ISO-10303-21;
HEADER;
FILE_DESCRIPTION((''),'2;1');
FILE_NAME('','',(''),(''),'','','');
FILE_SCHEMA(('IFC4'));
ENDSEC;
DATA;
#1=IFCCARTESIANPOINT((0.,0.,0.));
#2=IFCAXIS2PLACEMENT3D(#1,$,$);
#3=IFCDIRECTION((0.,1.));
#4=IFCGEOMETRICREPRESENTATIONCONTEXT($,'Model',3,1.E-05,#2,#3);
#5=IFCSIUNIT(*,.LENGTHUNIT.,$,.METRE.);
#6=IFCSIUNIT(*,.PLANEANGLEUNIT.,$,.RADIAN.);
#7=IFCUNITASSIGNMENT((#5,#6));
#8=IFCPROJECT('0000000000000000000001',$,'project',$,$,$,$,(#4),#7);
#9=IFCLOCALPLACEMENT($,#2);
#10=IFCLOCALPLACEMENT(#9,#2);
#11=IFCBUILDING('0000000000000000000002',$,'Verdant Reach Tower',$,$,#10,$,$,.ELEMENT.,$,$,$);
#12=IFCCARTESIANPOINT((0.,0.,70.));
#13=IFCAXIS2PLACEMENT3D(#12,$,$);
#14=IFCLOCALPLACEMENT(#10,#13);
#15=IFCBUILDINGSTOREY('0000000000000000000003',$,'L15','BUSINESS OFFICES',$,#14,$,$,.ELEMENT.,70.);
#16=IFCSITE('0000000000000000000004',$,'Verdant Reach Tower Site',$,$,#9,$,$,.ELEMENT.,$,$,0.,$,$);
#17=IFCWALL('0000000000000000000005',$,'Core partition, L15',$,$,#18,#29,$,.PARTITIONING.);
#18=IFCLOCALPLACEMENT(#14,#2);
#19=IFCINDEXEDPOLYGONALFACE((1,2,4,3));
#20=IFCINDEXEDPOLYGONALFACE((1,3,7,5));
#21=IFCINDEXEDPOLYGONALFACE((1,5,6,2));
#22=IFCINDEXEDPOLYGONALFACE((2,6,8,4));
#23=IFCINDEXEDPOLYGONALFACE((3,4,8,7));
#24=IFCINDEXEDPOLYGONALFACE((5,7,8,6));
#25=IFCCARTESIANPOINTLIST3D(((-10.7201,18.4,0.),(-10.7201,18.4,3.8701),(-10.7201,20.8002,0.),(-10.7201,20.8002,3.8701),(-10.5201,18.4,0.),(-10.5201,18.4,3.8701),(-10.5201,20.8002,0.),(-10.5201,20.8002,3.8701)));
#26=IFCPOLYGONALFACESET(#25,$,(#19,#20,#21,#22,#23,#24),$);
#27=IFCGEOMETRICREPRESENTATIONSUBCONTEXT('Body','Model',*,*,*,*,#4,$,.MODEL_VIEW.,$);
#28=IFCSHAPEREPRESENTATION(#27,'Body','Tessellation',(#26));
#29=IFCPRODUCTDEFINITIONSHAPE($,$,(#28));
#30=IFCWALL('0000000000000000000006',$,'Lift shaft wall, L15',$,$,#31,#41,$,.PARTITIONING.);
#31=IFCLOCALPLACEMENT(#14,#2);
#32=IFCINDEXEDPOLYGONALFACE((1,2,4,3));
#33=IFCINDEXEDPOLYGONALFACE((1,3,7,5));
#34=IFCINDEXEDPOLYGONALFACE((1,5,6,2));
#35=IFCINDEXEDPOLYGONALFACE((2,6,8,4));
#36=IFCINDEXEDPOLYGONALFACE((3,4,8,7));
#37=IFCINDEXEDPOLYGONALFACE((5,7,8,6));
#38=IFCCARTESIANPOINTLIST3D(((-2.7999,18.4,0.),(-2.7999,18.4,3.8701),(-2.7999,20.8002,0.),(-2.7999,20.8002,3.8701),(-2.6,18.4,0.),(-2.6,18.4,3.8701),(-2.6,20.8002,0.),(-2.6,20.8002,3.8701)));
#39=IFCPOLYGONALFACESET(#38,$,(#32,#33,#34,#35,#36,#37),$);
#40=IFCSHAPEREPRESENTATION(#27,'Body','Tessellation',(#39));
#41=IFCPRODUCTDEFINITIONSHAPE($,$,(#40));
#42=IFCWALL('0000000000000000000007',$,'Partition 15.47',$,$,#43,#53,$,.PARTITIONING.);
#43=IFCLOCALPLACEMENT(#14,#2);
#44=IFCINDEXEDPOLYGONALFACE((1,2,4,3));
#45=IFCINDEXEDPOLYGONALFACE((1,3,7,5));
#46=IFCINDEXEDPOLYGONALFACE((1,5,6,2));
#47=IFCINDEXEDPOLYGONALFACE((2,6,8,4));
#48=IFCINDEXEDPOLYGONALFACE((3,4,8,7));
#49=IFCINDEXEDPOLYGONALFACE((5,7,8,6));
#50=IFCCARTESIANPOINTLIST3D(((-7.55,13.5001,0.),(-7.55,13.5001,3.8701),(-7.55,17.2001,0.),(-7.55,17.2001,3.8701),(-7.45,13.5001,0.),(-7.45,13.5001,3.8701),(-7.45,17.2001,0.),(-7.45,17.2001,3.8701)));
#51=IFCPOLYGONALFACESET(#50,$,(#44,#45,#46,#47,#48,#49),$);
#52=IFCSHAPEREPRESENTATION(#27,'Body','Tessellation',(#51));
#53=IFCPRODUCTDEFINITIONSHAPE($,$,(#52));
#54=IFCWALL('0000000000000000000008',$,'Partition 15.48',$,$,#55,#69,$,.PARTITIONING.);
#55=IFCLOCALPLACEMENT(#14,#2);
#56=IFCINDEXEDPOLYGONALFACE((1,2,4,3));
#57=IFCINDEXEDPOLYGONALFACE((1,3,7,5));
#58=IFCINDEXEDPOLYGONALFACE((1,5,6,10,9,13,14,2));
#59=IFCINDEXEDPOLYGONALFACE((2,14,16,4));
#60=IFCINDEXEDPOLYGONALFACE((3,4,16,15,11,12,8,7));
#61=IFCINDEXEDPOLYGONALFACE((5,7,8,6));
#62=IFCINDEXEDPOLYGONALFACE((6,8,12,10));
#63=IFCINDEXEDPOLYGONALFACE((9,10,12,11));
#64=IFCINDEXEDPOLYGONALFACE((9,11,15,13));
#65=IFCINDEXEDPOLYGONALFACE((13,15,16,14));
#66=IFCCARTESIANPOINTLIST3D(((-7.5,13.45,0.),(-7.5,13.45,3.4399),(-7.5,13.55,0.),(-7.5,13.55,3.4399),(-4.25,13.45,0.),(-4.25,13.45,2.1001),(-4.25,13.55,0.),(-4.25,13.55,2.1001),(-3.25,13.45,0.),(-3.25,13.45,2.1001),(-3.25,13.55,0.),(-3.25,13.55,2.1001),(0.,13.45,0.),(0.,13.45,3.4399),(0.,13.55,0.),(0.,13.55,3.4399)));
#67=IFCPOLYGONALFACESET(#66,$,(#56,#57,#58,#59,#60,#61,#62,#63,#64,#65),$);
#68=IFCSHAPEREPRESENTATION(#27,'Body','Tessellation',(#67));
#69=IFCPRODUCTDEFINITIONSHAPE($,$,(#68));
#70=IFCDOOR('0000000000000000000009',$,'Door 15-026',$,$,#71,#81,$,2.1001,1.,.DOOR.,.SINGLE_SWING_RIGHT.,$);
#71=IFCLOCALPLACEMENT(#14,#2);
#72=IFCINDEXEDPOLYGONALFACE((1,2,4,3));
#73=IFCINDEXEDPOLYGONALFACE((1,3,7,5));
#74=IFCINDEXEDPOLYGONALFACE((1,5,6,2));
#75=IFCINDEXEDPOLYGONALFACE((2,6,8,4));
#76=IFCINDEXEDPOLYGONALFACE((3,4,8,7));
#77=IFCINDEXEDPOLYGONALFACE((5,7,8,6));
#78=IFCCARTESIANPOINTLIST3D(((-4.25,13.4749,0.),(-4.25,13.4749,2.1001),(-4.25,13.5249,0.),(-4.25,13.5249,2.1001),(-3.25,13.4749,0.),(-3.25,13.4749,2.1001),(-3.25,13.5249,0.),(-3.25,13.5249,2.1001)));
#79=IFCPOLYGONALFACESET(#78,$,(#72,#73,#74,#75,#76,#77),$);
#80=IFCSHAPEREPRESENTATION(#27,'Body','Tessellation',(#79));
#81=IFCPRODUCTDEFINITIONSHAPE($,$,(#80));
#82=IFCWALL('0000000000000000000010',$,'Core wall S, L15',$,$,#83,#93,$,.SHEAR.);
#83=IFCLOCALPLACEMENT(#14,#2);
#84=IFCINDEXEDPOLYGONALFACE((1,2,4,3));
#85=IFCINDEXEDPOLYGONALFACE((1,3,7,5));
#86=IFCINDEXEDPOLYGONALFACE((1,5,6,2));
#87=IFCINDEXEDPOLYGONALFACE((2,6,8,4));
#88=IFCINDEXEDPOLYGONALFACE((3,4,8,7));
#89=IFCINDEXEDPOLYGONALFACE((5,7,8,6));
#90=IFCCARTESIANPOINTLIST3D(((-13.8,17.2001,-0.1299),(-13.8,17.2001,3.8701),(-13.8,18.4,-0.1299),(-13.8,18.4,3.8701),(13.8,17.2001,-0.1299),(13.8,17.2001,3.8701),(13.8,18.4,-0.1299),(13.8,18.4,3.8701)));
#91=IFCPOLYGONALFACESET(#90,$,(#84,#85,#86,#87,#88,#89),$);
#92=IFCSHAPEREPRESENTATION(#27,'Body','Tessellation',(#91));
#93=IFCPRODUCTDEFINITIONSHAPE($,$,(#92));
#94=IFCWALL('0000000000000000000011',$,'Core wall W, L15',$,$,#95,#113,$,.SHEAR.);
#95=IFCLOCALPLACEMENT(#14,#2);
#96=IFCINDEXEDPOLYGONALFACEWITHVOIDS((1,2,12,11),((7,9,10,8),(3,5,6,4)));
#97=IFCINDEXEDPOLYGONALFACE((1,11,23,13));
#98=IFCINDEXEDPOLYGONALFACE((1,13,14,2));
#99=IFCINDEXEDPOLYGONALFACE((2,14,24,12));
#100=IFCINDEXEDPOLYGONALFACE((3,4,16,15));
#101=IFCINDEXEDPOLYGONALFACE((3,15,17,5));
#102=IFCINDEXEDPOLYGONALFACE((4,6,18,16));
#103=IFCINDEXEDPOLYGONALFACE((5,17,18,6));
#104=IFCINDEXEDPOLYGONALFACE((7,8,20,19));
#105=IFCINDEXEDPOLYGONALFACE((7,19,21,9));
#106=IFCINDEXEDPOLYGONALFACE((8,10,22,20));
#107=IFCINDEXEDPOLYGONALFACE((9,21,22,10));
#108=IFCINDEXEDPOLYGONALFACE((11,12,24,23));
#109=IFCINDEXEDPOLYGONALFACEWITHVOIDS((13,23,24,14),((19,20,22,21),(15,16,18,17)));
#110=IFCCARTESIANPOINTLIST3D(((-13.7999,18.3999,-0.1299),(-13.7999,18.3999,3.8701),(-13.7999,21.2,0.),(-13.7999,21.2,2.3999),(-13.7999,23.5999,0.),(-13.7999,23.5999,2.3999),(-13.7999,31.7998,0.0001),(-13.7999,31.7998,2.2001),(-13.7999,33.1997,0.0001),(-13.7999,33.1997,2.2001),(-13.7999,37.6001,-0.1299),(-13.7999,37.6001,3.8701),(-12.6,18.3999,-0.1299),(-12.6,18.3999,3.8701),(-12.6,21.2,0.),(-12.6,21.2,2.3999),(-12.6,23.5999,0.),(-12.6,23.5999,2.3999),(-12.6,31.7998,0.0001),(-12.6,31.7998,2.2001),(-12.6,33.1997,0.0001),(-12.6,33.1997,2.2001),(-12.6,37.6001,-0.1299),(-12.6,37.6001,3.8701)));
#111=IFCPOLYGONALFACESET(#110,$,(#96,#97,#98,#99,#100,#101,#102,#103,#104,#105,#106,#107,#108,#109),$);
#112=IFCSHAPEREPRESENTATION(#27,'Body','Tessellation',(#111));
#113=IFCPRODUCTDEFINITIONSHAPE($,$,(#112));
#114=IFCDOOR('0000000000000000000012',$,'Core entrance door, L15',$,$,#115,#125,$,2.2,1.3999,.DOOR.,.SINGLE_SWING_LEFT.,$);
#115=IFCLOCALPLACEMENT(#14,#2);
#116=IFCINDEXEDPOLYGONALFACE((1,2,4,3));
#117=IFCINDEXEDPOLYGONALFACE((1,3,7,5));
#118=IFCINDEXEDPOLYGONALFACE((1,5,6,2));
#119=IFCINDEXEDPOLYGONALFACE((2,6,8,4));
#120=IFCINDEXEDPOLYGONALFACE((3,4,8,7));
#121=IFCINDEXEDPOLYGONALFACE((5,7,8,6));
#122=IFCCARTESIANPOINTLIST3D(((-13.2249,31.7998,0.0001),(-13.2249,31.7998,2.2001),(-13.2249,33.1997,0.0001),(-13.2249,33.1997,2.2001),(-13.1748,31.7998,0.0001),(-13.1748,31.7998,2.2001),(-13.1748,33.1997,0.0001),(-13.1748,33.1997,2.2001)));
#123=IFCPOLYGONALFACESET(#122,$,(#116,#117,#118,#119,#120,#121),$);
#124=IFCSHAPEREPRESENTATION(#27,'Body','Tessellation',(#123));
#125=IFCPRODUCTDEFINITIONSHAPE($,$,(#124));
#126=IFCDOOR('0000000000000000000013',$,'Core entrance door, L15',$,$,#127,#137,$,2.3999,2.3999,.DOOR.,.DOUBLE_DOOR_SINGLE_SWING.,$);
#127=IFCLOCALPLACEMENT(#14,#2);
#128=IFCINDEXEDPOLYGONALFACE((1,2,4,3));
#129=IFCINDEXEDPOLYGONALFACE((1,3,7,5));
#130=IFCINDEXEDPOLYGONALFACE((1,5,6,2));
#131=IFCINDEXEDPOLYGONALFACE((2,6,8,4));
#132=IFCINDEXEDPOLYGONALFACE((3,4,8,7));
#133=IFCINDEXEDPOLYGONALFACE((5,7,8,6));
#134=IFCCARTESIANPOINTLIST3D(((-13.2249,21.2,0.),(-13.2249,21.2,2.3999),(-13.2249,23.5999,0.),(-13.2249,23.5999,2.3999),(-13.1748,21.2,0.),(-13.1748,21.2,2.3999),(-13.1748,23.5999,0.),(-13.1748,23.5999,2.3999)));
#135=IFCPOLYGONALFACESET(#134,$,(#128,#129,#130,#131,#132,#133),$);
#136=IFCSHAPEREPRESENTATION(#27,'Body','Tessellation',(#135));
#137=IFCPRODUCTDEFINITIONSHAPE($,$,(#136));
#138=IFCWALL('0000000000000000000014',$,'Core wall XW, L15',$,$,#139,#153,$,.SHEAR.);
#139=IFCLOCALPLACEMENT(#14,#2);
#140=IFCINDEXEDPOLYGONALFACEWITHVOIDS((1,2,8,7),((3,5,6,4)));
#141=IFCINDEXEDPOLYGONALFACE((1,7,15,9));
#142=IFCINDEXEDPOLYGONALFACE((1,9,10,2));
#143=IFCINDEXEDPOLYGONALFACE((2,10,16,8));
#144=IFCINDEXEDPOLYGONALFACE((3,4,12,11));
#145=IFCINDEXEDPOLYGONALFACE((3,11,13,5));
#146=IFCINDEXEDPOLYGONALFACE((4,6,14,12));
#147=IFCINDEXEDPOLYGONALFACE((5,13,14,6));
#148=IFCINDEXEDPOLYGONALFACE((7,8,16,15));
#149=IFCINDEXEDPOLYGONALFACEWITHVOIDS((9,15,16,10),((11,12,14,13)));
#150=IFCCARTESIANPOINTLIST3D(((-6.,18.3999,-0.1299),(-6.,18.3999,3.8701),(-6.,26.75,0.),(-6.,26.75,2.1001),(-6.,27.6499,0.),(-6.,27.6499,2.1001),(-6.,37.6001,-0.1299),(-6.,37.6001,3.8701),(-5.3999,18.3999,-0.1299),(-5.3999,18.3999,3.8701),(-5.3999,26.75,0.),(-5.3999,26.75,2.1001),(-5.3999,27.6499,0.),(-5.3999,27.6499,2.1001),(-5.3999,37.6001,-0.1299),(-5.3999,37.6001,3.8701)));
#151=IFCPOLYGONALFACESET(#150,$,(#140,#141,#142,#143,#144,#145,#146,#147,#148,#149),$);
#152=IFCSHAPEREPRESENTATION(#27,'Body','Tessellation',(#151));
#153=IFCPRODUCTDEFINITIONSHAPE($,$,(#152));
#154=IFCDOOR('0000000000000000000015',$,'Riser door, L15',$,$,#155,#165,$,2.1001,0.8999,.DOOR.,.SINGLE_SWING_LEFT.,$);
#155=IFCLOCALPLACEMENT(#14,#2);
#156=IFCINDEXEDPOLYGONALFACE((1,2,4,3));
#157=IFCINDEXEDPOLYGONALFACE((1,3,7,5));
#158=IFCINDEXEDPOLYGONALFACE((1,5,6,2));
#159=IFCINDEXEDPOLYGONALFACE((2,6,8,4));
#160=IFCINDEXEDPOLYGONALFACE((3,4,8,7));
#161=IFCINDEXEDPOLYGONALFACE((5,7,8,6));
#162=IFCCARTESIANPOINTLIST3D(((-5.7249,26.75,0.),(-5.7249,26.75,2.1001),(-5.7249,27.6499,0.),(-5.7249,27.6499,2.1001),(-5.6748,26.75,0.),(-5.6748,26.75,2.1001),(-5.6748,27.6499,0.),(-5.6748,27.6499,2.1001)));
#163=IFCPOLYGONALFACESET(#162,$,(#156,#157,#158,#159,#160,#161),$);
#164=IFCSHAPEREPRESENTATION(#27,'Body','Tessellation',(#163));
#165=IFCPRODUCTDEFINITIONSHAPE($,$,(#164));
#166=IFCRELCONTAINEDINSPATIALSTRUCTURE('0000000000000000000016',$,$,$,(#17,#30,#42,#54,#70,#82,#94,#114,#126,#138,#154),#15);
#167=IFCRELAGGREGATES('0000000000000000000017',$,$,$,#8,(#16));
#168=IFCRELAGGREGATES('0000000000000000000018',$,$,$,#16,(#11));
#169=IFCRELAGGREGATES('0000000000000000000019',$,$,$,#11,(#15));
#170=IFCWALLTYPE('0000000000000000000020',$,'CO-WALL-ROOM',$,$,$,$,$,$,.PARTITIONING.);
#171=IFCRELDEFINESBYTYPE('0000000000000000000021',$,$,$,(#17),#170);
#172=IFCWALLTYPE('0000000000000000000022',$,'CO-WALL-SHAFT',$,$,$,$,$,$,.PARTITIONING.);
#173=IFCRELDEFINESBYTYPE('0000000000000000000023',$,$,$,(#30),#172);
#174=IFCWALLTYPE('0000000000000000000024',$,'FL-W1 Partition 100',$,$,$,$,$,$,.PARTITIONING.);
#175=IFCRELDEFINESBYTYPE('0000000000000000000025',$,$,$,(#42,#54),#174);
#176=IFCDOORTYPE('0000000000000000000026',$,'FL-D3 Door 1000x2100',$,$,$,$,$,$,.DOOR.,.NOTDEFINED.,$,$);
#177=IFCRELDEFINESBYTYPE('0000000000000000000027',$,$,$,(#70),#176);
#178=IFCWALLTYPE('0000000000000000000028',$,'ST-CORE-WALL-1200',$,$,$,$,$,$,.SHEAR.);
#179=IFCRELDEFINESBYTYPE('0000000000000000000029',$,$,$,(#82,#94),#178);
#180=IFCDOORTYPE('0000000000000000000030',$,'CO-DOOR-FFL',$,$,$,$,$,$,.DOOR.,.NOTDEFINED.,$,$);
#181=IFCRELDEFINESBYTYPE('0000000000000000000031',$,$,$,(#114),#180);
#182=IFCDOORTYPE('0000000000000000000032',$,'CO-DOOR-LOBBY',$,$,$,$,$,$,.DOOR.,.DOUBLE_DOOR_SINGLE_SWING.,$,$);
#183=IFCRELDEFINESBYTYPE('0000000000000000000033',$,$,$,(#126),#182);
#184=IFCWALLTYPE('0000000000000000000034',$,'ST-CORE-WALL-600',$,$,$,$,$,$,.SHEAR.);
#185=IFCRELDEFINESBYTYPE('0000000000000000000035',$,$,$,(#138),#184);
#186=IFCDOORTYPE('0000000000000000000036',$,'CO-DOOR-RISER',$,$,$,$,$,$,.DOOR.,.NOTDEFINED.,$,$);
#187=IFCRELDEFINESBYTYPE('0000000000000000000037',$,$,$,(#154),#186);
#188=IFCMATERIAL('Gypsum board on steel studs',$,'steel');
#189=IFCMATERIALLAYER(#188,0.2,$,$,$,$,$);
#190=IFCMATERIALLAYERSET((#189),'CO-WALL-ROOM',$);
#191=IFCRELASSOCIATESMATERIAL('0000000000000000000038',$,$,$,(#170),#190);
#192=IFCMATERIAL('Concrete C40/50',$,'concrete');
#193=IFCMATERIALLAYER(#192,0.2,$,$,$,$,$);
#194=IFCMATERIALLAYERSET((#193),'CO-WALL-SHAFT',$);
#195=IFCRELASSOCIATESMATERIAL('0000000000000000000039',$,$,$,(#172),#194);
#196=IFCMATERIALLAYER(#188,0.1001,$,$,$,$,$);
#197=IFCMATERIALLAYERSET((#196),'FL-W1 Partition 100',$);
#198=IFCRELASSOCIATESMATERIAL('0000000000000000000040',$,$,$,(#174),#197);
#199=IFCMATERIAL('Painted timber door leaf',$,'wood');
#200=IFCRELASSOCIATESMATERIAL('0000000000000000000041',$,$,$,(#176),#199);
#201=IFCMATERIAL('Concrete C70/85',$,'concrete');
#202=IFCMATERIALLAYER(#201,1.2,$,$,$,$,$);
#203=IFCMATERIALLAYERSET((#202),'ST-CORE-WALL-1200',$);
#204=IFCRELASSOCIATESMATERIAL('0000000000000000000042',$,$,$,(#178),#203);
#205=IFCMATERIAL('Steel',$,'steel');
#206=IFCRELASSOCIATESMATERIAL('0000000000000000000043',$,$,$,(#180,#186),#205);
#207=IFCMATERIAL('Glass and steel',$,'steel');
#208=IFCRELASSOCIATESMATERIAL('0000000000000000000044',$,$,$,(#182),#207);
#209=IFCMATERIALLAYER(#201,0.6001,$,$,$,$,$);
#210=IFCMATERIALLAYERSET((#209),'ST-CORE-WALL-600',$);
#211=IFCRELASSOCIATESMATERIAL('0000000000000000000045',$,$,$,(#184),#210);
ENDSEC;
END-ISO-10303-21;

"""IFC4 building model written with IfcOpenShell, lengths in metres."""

from ifc_helpers import new_model, si_unit, direction, frame, frame_2d, origin, place, context, subcontext, project, spatial, rectangle, extrude, material, layer, layer_set, type_object, element, fill, save


model = new_model("IFC4")

# Units and contexts
model_context = context("Model", 3, precision=1e-05, world=origin(), true_north=direction((0.0, 1.0)))
body_context = subcontext(model_context, "Body", "Model", "MODEL_VIEW")
ifc_project = project(units=[si_unit("LENGTHUNIT", "METRE"), si_unit("PLANEANGLEUNIT", "RADIAN")], contexts=[model_context])

# Site, building, storey
site_placement = place(None, origin())
site = spatial("IfcSite", under=ifc_project, at=site_placement, Name="Verdant Reach Tower Site", CompositionType="ELEMENT", RefElevation=0.0)
building_placement = place(site_placement, origin())
building = spatial("IfcBuilding", under=site, at=building_placement, Name="Verdant Reach Tower", CompositionType="ELEMENT")
storey_placement = place(building_placement, frame((0.0, 0.0, 70.0)))
storey = spatial("IfcBuildingStorey", under=building, at=storey_placement, Name="L15", Description="BUSINESS OFFICES", CompositionType="ELEMENT", Elevation=70.0)

# Walls
ifc_material_1 = material(Name="Gypsum board on steel studs", Category="steel")
ifc_layer_1 = layer(ifc_material_1, 0.2)
ifc_layer_set_1 = layer_set([ifc_layer_1], Name="CO-WALL-ROOM")
wall_type_1 = type_object("IfcWallType", Name="CO-WALL-ROOM", PredefinedType="PARTITIONING", material=ifc_layer_set_1)
wall_1_placement = place(storey_placement, frame((-10.6201, 18.3999, 0.0), z_axis=(0.0, 0.0, 1.0), x_axis=(0.0, 1.0, 0.0)))
element("IfcWall", 1, at=wall_1_placement, inside=storey, type_object=wall_type_1, Name="Core partition, L15", PredefinedType="PARTITIONING", context=body_context, shape_type="SweptSolid", body=[
    extrude(rectangle(XDim=2.4001, YDim=0.2, at=frame_2d((1.2002, 0.0))), origin(), (0.0, 0.0, 1.0), 3.8701),
])
ifc_material_2 = material(Name="Concrete C40/50", Category="concrete")
ifc_layer_2 = layer(ifc_material_2, 0.2)
ifc_layer_set_2 = layer_set([ifc_layer_2], Name="CO-WALL-SHAFT")
wall_type_2 = type_object("IfcWallType", Name="CO-WALL-SHAFT", PredefinedType="PARTITIONING", material=ifc_layer_set_2)
wall_2_placement = place(storey_placement, frame((-2.7, 18.3999, 0.0), z_axis=(0.0, 0.0, 1.0), x_axis=(0.0, 1.0, 0.0)))
element("IfcWall", 2, at=wall_2_placement, inside=storey, type_object=wall_type_2, Name="Lift shaft wall, L15", PredefinedType="PARTITIONING", context=body_context, shape_type="SweptSolid", body=[
    extrude(rectangle(XDim=2.4001, YDim=0.2, at=frame_2d((1.2002, 0.0))), origin(), (0.0, 0.0, 1.0), 3.8701),
])
ifc_layer_3 = layer(ifc_material_1, 0.1001)
ifc_layer_set_3 = layer_set([ifc_layer_3], Name="FL-W1 Partition 100")
wall_type_3 = type_object("IfcWallType", Name="FL-W1 Partition 100", PredefinedType="PARTITIONING", material=ifc_layer_set_3)
wall_3_placement = place(storey_placement, frame((-7.5, 13.5, 0.0), z_axis=(0.0, 0.0, 1.0), x_axis=(0.0, 1.0, 0.0)))
element("IfcWall", 3, at=wall_3_placement, inside=storey, type_object=wall_type_3, Name="Partition 15.47", PredefinedType="PARTITIONING", context=body_context, shape_type="SweptSolid", body=[
    extrude(rectangle(XDim=3.7, YDim=0.1001, at=frame_2d((1.8501, 0.0))), origin(), (0.0, 0.0, 1.0), 3.8701),
])

# Wall, opening, door
wall_4_placement = place(storey_placement, frame((-7.5, 13.5, 0.0), z_axis=(0.0, 0.0, 1.0), x_axis=(1.0, 0.0, 0.0)))
wall_4 = element("IfcWall", 4, at=wall_4_placement, inside=storey, type_object=wall_type_3, Name="Partition 15.48", PredefinedType="PARTITIONING", context=body_context, shape_type="SweptSolid", body=[
    extrude(rectangle(XDim=7.5, YDim=0.1001, at=frame_2d((3.75, 0.0))), origin(), (0.0, 0.0, 1.0), 3.4399),
])
opening_1_placement = place(wall_4_placement, frame((3.25, 0.0, 0.0)))
opening_1 = element("IfcOpeningElement", 5, at=opening_1_placement, cuts=wall_4, PredefinedType="OPENING", context=body_context, shape_type="SweptSolid", body=[
    extrude(rectangle(XDim=1.0, YDim=2.1001, at=frame_2d((0.5, 1.05))), frame((0.0, 0.0601, 0.0), z_axis=(0.0, -1.0, 0.0), x_axis=(1.0, 0.0, 0.0)), (0.0, 0.0, 1.0), 0.1201),
])
ifc_material_3 = material(Name="Painted timber door leaf", Category="wood")
door_type_1 = type_object("IfcDoorType", Name="FL-D3 Door 1000x2100", OperationType="NOTDEFINED", PredefinedType="DOOR", material=ifc_material_3)
door_1_placement = place(opening_1_placement, origin())
door_1 = element("IfcDoor", 6, at=door_1_placement, inside=storey, type_object=door_type_1, Name="Door 15-026", OperationType="SINGLE_SWING_RIGHT", OverallHeight=2.1001, OverallWidth=1.0, PredefinedType="DOOR", context=body_context, shape_type="SweptSolid", body=[
    extrude(rectangle(XDim=1.0, YDim=2.1001, at=frame_2d((0.5, 1.05))), frame((0.0, 0.0249, 0.0), z_axis=(0.0, -1.0, 0.0), x_axis=(1.0, 0.0, 0.0)), (0.0, 0.0, 1.0), 0.05),
])
fill(opening_1, door_1)

# Wall
ifc_material_4 = material(Name="Concrete C70/85", Category="concrete")
ifc_layer_4 = layer(ifc_material_4, 1.2)
ifc_layer_set_4 = layer_set([ifc_layer_4], Name="ST-CORE-WALL-1200")
wall_type_4 = type_object("IfcWallType", Name="ST-CORE-WALL-1200", PredefinedType="SHEAR", material=ifc_layer_set_4)
wall_5_placement = place(storey_placement, frame((-13.8, 17.8, -0.1299), z_axis=(0.0, 0.0, 1.0), x_axis=(1.0, 0.0, 0.0)))
element("IfcWall", 7, at=wall_5_placement, inside=storey, type_object=wall_type_4, Name="Core wall S, L15", PredefinedType="SHEAR", context=body_context, shape_type="SweptSolid", body=[
    extrude(rectangle(XDim=27.6001, YDim=1.2, at=frame_2d((13.8, 0.0))), origin(), (0.0, 0.0, 1.0), 4.0),
])

# Wall, openings, doors
wall_6_placement = place(storey_placement, frame((-13.2, 18.3999, -0.1299), z_axis=(0.0, 0.0, 1.0), x_axis=(0.0, 1.0, 0.0)))
wall_6 = element("IfcWall", 8, at=wall_6_placement, inside=storey, type_object=wall_type_4, Name="Core wall W, L15", PredefinedType="SHEAR", context=body_context, shape_type="SweptSolid", body=[
    extrude(rectangle(XDim=19.2002, YDim=1.2, at=frame_2d((9.6001, 0.0))), origin(), (0.0, 0.0, 1.0), 4.0),
])
opening_2_placement = place(wall_6_placement, frame((2.8, 0.0, 0.1299)))
opening_2 = element("IfcOpeningElement", 9, at=opening_2_placement, cuts=wall_6, PredefinedType="OPENING", context=body_context, shape_type="SweptSolid", body=[
    extrude(rectangle(XDim=2.3999, YDim=2.3999, at=frame_2d((1.2, 1.2))), frame((0.0, 0.6099, 0.0), z_axis=(0.0, -1.0, 0.0), x_axis=(1.0, 0.0, 0.0)), (0.0, 0.0, 1.0), 1.22),
])
opening_3_placement = place(wall_6_placement, frame((13.3999, 0.0, 0.1299)))
opening_3 = element("IfcOpeningElement", 10, at=opening_3_placement, cuts=wall_6, PredefinedType="OPENING", context=body_context, shape_type="SweptSolid", body=[
    extrude(rectangle(XDim=1.3999, YDim=2.2, at=frame_2d((0.7, 1.1001))), frame((0.0, 0.6099, 0.0), z_axis=(0.0, -1.0, 0.0), x_axis=(1.0, 0.0, 0.0)), (0.0, 0.0, 1.0), 1.22),
])
ifc_material_5 = material(Name="Steel", Category="steel")
door_type_2 = type_object("IfcDoorType", Name="CO-DOOR-FFL", OperationType="NOTDEFINED", PredefinedType="DOOR", material=ifc_material_5)
door_2_placement = place(opening_3_placement, origin())
door_2 = element("IfcDoor", 11, at=door_2_placement, inside=storey, type_object=door_type_2, Name="Core entrance door, L15", OperationType="SINGLE_SWING_LEFT", OverallHeight=2.2, OverallWidth=1.3999, PredefinedType="DOOR", context=body_context, shape_type="SweptSolid", body=[
    extrude(rectangle(XDim=1.3999, YDim=2.2, at=frame_2d((0.7, 1.1001))), frame((0.0, 0.0249, 0.0), z_axis=(0.0, -1.0, 0.0), x_axis=(1.0, 0.0, 0.0)), (0.0, 0.0, 1.0), 0.05),
])
fill(opening_3, door_2)
ifc_material_6 = material(Name="Glass and steel", Category="steel")
door_type_3 = type_object("IfcDoorType", Name="CO-DOOR-LOBBY", OperationType="DOUBLE_DOOR_SINGLE_SWING", PredefinedType="DOOR", material=ifc_material_6)
door_3_placement = place(opening_2_placement, origin())
door_3 = element("IfcDoor", 12, at=door_3_placement, inside=storey, type_object=door_type_3, Name="Core entrance door, L15", OperationType="DOUBLE_DOOR_SINGLE_SWING", OverallHeight=2.3999, OverallWidth=2.3999, PredefinedType="DOOR", context=body_context, shape_type="SweptSolid", body=[
    extrude(rectangle(XDim=2.3999, YDim=2.3999, at=frame_2d((1.2, 1.2))), frame((0.0, 0.0249, 0.0), z_axis=(0.0, -1.0, 0.0), x_axis=(1.0, 0.0, 0.0)), (0.0, 0.0, 1.0), 0.05),
])
fill(opening_2, door_3)

# Wall, opening, door
ifc_layer_5 = layer(ifc_material_4, 0.6001)
ifc_layer_set_5 = layer_set([ifc_layer_5], Name="ST-CORE-WALL-600")
wall_type_5 = type_object("IfcWallType", Name="ST-CORE-WALL-600", PredefinedType="SHEAR", material=ifc_layer_set_5)
wall_7_placement = place(storey_placement, frame((-5.7, 18.3999, -0.1299), z_axis=(0.0, 0.0, 1.0), x_axis=(0.0, 1.0, 0.0)))
wall_7 = element("IfcWall", 13, at=wall_7_placement, inside=storey, type_object=wall_type_5, Name="Core wall XW, L15", PredefinedType="SHEAR", context=body_context, shape_type="SweptSolid", body=[
    extrude(rectangle(XDim=19.2002, YDim=0.6001, at=frame_2d((9.6001, 0.0))), origin(), (0.0, 0.0, 1.0), 4.0),
])
opening_4_placement = place(wall_7_placement, frame((8.3501, 0.0, 0.1299)))
opening_4 = element("IfcOpeningElement", 14, at=opening_4_placement, cuts=wall_7, PredefinedType="OPENING", context=body_context, shape_type="SweptSolid", body=[
    extrude(rectangle(XDim=0.8999, YDim=2.1001, at=frame_2d((0.45, 1.05))), frame((0.0, 0.3101, 0.0), z_axis=(0.0, -1.0, 0.0), x_axis=(1.0, 0.0, 0.0)), (0.0, 0.0, 1.0), 0.6201),
])
door_type_4 = type_object("IfcDoorType", Name="CO-DOOR-RISER", OperationType="NOTDEFINED", PredefinedType="DOOR", material=ifc_material_5)
door_4_placement = place(opening_4_placement, origin())
door_4 = element("IfcDoor", 15, at=door_4_placement, inside=storey, type_object=door_type_4, Name="Riser door, L15", OperationType="SINGLE_SWING_LEFT", OverallHeight=2.1001, OverallWidth=0.8999, PredefinedType="DOOR", context=body_context, shape_type="SweptSolid", body=[
    extrude(rectangle(XDim=0.8999, YDim=2.1001, at=frame_2d((0.45, 1.05))), frame((0.0, 0.0249, 0.0), z_axis=(0.0, -1.0, 0.0), x_axis=(1.0, 0.0, 0.0)), (0.0, 0.0, 1.0), 0.05),
])
fill(opening_4, door_4)

save(model, "model.ifc")
